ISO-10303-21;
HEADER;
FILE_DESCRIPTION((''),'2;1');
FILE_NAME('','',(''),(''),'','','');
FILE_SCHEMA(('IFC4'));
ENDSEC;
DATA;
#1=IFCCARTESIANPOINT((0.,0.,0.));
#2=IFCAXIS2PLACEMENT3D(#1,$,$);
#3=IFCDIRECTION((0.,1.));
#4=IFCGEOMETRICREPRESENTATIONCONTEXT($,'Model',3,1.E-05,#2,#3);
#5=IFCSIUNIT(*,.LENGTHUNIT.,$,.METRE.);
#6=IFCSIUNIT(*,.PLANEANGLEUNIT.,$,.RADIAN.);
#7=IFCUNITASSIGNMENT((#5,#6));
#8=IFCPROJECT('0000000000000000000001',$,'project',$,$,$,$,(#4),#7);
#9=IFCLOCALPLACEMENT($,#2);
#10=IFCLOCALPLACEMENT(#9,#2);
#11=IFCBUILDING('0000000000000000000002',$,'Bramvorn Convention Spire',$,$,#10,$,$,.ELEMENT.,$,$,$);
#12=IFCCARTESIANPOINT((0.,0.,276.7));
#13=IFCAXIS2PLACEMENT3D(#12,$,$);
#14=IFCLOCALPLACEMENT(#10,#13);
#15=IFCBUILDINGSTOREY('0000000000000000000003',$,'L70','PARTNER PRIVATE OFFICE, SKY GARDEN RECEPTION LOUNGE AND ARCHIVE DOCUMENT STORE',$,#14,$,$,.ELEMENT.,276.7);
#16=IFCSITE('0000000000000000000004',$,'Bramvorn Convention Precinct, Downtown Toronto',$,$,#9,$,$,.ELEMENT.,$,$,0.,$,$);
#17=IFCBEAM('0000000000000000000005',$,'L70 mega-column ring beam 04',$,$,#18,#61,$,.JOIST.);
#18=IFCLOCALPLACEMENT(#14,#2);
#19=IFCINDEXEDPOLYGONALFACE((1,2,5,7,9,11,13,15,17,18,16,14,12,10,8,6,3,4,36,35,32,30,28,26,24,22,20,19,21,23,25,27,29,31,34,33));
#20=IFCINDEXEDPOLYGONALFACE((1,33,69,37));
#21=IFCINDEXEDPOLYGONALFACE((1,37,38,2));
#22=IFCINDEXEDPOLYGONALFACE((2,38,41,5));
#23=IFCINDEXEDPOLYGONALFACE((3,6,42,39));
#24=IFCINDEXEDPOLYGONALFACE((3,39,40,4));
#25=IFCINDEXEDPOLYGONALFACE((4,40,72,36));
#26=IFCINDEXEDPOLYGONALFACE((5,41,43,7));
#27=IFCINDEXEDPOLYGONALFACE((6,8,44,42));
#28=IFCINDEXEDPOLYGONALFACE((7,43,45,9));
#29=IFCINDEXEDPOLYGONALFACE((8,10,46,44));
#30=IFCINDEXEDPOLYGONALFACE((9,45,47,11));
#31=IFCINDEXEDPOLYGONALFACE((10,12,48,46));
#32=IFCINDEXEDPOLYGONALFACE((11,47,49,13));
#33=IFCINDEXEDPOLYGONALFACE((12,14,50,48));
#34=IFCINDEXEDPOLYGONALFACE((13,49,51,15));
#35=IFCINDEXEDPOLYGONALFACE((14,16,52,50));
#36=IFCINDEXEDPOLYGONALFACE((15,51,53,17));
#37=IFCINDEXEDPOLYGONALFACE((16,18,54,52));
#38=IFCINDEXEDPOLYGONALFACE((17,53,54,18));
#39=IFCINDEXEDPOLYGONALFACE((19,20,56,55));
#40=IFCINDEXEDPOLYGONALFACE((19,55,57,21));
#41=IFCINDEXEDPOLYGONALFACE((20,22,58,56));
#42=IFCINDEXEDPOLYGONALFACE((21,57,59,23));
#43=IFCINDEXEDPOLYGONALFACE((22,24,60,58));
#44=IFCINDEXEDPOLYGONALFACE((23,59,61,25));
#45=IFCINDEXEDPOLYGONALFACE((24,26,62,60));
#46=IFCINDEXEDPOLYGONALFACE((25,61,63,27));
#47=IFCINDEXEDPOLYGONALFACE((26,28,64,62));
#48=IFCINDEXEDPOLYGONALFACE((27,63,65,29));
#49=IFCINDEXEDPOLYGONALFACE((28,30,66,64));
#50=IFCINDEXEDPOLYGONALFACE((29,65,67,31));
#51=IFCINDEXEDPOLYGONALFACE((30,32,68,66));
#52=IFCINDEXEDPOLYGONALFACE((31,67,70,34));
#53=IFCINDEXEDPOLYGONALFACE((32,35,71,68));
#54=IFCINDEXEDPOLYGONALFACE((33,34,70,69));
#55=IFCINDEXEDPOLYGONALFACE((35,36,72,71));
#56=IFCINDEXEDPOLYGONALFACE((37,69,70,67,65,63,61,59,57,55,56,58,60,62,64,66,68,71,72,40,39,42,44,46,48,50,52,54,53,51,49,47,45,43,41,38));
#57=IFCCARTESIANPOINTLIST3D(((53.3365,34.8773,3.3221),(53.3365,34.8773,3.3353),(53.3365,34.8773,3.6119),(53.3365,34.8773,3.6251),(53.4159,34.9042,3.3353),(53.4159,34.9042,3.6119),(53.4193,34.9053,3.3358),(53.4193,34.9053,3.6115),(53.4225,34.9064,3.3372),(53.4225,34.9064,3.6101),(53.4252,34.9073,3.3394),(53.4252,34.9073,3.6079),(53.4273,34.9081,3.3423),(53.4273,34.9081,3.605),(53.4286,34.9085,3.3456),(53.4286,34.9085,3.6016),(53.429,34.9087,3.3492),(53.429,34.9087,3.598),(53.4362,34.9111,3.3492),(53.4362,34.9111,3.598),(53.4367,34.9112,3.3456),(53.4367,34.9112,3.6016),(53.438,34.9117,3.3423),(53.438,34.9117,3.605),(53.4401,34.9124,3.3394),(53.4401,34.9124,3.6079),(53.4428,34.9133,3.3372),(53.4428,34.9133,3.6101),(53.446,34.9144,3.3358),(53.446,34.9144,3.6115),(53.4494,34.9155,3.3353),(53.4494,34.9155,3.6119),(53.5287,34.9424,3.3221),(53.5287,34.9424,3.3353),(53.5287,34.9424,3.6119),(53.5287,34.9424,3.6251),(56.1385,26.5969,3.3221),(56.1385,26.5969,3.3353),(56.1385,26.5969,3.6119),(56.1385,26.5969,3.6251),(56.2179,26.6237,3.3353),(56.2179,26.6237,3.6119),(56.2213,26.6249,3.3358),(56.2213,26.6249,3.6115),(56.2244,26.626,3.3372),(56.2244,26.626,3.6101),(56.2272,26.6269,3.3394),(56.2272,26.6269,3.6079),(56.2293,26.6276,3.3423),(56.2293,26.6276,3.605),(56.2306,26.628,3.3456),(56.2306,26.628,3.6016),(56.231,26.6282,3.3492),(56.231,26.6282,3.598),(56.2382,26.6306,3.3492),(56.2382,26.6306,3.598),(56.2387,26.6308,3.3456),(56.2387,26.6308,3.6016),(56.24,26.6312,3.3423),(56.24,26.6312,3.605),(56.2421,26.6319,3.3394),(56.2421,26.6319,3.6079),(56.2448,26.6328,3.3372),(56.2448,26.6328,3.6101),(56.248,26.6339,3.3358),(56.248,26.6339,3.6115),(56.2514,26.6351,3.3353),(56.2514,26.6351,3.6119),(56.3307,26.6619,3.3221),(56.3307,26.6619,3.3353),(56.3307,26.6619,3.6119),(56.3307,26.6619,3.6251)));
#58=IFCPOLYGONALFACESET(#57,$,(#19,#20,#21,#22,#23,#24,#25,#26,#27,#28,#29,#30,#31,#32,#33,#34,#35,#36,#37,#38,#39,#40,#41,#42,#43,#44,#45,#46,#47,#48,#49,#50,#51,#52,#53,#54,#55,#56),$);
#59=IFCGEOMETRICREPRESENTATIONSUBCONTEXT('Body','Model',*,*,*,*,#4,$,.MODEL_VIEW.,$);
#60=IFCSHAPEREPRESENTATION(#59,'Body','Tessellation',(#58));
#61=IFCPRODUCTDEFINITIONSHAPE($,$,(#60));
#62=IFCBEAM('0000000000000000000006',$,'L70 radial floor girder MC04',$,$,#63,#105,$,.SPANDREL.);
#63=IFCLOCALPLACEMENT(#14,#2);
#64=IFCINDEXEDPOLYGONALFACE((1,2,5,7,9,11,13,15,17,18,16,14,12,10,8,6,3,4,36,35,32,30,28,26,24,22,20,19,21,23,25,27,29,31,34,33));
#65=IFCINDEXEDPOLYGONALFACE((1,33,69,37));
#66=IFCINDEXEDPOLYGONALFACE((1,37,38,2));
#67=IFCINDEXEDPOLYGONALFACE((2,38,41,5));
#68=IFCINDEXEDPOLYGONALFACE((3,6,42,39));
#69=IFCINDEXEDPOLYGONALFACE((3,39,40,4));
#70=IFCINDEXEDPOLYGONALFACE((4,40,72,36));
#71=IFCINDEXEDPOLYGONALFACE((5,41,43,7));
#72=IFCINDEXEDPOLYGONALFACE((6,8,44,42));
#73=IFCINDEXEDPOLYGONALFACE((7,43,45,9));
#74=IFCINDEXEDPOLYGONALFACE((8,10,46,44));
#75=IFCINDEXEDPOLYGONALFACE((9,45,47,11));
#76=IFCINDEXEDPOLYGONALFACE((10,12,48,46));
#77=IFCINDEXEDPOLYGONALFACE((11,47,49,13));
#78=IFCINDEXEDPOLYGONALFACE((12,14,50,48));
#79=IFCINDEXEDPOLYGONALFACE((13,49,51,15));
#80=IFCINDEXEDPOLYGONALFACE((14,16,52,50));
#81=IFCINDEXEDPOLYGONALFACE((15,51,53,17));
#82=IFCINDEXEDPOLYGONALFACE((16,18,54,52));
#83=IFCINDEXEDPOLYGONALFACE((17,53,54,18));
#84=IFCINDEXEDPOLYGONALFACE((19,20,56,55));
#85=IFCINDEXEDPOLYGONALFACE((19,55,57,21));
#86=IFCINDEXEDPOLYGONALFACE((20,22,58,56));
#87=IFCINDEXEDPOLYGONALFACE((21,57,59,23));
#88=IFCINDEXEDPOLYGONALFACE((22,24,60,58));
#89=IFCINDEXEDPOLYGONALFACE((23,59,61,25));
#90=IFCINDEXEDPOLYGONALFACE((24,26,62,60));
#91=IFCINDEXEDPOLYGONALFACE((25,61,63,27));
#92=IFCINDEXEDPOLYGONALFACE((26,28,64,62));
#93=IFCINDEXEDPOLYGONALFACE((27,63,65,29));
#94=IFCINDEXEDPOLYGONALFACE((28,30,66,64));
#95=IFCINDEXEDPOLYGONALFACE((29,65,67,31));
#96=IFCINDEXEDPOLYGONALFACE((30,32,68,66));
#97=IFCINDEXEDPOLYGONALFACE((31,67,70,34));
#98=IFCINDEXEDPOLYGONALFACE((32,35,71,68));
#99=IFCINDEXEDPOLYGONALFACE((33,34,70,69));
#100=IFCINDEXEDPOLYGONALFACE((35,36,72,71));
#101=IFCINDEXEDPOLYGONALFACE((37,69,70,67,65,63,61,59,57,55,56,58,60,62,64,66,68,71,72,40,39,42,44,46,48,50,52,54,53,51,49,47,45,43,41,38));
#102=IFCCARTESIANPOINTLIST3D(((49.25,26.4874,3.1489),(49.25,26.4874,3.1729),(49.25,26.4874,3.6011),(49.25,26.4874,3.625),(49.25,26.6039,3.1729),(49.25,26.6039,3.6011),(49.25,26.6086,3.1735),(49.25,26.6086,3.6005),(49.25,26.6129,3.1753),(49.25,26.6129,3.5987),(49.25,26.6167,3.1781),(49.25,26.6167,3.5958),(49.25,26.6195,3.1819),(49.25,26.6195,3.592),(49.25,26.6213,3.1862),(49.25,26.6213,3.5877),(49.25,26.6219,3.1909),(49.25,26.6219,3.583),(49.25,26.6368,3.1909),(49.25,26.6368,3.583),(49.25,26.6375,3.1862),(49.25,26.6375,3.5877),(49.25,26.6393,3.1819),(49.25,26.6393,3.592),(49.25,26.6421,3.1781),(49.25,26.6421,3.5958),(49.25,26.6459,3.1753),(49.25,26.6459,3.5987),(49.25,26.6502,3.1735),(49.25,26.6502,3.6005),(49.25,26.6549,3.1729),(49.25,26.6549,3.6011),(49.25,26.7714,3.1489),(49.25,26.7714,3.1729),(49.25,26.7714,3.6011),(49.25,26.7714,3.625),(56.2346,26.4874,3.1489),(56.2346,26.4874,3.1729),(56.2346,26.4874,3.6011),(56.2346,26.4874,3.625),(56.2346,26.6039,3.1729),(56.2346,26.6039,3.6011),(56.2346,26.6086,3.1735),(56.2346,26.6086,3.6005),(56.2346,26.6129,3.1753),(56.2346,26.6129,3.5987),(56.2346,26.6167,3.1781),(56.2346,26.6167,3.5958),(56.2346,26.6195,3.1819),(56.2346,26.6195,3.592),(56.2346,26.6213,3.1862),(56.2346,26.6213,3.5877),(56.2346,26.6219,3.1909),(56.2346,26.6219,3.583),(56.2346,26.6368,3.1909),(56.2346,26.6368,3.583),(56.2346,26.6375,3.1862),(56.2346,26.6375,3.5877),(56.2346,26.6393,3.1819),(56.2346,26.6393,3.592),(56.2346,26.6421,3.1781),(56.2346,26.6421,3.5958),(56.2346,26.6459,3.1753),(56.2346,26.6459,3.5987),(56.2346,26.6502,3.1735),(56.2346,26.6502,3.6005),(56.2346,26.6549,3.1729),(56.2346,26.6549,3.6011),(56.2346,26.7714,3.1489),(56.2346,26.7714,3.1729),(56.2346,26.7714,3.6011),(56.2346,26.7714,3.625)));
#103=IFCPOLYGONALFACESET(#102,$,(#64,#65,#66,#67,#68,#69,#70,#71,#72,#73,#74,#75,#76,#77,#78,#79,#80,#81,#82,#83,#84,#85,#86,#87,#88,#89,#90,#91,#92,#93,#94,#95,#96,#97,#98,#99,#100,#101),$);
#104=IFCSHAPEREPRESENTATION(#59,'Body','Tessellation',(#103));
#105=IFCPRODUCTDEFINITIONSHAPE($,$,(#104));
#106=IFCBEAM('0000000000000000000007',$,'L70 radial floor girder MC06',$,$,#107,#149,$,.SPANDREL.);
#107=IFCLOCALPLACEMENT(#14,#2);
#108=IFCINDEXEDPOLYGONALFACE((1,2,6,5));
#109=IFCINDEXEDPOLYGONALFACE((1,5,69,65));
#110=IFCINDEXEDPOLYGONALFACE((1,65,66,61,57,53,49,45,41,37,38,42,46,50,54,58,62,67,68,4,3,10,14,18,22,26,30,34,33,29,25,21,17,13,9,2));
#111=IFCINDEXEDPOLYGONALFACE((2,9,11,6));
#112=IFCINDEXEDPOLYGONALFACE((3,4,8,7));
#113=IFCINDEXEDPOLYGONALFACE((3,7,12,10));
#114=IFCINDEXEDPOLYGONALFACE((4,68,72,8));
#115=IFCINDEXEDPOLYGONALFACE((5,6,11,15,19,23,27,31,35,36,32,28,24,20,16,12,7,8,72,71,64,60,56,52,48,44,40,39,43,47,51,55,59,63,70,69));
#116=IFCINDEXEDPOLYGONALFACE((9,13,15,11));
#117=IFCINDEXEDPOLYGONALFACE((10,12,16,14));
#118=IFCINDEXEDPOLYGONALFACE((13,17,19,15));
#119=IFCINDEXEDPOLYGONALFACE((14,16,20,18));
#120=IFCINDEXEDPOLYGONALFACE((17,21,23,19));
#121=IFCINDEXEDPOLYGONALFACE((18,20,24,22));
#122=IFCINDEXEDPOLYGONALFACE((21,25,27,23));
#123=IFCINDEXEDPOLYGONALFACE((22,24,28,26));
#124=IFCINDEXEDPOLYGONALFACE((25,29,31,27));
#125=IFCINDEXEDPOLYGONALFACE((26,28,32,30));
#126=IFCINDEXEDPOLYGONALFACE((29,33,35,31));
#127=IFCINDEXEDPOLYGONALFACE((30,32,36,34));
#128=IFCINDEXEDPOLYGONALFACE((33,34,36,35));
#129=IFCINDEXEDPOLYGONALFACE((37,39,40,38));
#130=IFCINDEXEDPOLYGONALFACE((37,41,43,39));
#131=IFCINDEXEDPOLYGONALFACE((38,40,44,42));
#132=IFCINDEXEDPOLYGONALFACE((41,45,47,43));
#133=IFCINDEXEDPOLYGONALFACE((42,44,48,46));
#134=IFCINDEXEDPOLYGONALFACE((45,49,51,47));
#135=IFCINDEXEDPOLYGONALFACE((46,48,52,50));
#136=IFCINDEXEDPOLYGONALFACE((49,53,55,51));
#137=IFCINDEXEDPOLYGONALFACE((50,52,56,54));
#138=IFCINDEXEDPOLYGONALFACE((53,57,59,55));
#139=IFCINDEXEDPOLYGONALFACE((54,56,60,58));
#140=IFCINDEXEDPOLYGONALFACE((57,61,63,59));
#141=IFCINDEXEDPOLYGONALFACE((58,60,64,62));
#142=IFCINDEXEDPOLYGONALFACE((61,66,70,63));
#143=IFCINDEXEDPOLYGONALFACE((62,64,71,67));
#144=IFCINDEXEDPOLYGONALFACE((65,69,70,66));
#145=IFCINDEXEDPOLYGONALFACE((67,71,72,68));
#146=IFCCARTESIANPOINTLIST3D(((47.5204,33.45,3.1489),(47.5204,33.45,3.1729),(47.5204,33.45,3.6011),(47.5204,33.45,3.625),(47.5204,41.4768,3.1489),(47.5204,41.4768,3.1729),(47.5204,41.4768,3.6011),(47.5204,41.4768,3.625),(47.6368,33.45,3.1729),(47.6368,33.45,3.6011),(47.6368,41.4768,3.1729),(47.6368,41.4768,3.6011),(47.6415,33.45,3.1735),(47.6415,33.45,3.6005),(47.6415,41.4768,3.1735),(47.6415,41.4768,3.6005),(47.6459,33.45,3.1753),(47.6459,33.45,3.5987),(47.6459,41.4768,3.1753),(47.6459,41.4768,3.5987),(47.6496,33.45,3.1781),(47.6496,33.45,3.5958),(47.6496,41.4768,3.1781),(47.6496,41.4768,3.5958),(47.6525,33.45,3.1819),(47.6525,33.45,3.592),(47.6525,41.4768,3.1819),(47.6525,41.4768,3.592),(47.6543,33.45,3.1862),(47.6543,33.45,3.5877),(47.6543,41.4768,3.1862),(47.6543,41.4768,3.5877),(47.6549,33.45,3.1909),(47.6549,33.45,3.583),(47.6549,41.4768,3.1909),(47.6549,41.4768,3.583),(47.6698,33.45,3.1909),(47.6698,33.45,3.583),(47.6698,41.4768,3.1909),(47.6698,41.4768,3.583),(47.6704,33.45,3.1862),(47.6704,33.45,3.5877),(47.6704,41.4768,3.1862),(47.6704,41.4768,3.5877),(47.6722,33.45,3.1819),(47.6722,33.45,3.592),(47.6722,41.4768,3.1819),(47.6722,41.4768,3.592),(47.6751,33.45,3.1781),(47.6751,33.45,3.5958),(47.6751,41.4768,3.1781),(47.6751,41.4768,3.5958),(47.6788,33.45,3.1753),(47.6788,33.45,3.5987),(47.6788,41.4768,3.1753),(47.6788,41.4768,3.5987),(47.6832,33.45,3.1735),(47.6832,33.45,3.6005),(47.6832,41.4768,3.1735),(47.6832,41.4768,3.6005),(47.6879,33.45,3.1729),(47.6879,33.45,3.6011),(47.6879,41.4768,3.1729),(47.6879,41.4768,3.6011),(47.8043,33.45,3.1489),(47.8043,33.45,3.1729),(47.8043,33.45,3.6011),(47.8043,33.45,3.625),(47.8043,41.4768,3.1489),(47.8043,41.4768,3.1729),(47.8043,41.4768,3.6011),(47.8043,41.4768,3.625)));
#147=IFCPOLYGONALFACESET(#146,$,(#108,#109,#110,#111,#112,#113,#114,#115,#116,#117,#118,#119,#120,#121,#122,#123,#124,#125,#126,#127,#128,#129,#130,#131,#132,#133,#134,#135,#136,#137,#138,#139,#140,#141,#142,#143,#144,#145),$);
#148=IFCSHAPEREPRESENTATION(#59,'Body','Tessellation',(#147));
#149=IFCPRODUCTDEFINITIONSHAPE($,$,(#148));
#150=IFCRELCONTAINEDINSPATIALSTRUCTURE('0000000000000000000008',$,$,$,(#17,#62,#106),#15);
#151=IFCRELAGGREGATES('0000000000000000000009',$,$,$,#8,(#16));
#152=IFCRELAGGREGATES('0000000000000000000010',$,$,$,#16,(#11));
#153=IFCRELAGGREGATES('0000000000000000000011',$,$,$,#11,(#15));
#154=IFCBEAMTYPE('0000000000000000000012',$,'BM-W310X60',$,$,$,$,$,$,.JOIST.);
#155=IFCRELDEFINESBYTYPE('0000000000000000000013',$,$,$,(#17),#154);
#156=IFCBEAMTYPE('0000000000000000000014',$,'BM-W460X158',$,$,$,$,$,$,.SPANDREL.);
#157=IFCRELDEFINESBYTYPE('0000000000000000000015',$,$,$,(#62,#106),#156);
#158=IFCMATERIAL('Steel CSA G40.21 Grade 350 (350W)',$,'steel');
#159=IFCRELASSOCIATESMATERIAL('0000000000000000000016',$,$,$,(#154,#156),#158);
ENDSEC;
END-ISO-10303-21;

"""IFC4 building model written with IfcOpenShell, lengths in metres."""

from ifc_helpers import new_model, si_unit, direction, frame, origin, origin_2d, place, context, subcontext, project, spatial, i_section, extrude, material, material_profile, profile_set, type_object, element, save


model = new_model("IFC4")

# Units and contexts
model_context = context("Model", 3, precision=1e-05, world=origin(), true_north=direction((0.0, 1.0)))
body_context = subcontext(model_context, "Body", "Model", "MODEL_VIEW")
ifc_project = project(units=[si_unit("LENGTHUNIT", "METRE"), si_unit("PLANEANGLEUNIT", "RADIAN")], contexts=[model_context])

# Site, building, storey
site_placement = place(None, origin())
site = spatial("IfcSite", under=ifc_project, at=site_placement, Name="Bramvorn Convention Precinct, Downtown Toronto", CompositionType="ELEMENT", RefElevation=0.0)
building_placement = place(site_placement, origin())
building = spatial("IfcBuilding", under=site, at=building_placement, Name="Bramvorn Convention Spire", CompositionType="ELEMENT")
storey_placement = place(building_placement, frame((0.0, 0.0, 276.7)))
storey = spatial("IfcBuildingStorey", under=building, at=storey_placement, Name="L70", Description="PARTNER PRIVATE OFFICE, SKY GARDEN RECEPTION LOUNGE AND ARCHIVE DOCUMENT STORE", CompositionType="ELEMENT", Elevation=276.7)

# Shared definitions
ifc_material_1 = material(Name="Steel CSA G40.21 Grade 350 (350W)", Category="steel")

# Beams
ifc_material_profile_1 = material_profile(ifc_material_1, i_section(OverallWidth=0.2029, OverallDepth=0.303, WebThickness=0.0076, FlangeThickness=0.0132, FilletRadius=0.0139, at=origin_2d()))
ifc_profile_set_1 = profile_set([ifc_material_profile_1], Name="Steel CSA G40.21 Grade 350 (350W) - W310X60")
beam_type_1 = type_object("IfcBeamType", Name="BM-W310X60", PredefinedType="JOIST", material=ifc_profile_set_1)
beam_1_placement = place(storey_placement, frame((56.2346, 26.6294, 3.4736), z_axis=(-0.320531, 0.947238, 0.0), x_axis=(-0.947238, -0.320531, 0.0)))
element("IfcBeam", 1, at=beam_1_placement, inside=storey, type_object=beam_type_1, Name="L70 mega-column ring beam 04", PredefinedType="JOIST", context=body_context, shape_type="SweptSolid", body=[
    extrude(i_section(OverallWidth=0.2029, OverallDepth=0.303, WebThickness=0.0076, FlangeThickness=0.0132, FilletRadius=0.0139, at=origin_2d()), origin(), (0.0, 0.0, 1.0), 8.7417),
])
ifc_material_profile_2 = material_profile(ifc_material_1, i_section(OverallWidth=0.2839, OverallDepth=0.4761, WebThickness=0.0149, FlangeThickness=0.0239, FilletRadius=0.0181, at=origin_2d()))
ifc_profile_set_2 = profile_set([ifc_material_profile_2], Name="Steel CSA G40.21 Grade 350 (350W) - W460X158")
beam_type_2 = type_object("IfcBeamType", Name="BM-W460X158", PredefinedType="SPANDREL", material=ifc_profile_set_2)
beam_2_placement = place(storey_placement, frame((49.25, 26.6294, 3.387), z_axis=(1.0, 0.0, 0.0), x_axis=(0.0, 1.0, 0.0)))
element("IfcBeam", 2, at=beam_2_placement, inside=storey, type_object=beam_type_2, Name="L70 radial floor girder MC04", PredefinedType="SPANDREL", context=body_context, shape_type="SweptSolid", body=[
    extrude(i_section(OverallWidth=0.2839, OverallDepth=0.4761, WebThickness=0.0149, FlangeThickness=0.0239, FilletRadius=0.0181, at=origin_2d()), origin(), (0.0, 0.0, 1.0), 6.9846),
])
beam_3_placement = place(storey_placement, frame((47.6624, 33.45, 3.387), z_axis=(0.0, 1.0, 0.0), x_axis=(-1.0, 0.0, 0.0)))
element("IfcBeam", 3, at=beam_3_placement, inside=storey, type_object=beam_type_2, Name="L70 radial floor girder MC06", PredefinedType="SPANDREL", context=body_context, shape_type="SweptSolid", body=[
    extrude(i_section(OverallWidth=0.2839, OverallDepth=0.4761, WebThickness=0.0149, FlangeThickness=0.0239, FilletRadius=0.0181, at=origin_2d()), origin(), (0.0, 0.0, 1.0), 8.0269),
])

save(model, "model.ifc")
